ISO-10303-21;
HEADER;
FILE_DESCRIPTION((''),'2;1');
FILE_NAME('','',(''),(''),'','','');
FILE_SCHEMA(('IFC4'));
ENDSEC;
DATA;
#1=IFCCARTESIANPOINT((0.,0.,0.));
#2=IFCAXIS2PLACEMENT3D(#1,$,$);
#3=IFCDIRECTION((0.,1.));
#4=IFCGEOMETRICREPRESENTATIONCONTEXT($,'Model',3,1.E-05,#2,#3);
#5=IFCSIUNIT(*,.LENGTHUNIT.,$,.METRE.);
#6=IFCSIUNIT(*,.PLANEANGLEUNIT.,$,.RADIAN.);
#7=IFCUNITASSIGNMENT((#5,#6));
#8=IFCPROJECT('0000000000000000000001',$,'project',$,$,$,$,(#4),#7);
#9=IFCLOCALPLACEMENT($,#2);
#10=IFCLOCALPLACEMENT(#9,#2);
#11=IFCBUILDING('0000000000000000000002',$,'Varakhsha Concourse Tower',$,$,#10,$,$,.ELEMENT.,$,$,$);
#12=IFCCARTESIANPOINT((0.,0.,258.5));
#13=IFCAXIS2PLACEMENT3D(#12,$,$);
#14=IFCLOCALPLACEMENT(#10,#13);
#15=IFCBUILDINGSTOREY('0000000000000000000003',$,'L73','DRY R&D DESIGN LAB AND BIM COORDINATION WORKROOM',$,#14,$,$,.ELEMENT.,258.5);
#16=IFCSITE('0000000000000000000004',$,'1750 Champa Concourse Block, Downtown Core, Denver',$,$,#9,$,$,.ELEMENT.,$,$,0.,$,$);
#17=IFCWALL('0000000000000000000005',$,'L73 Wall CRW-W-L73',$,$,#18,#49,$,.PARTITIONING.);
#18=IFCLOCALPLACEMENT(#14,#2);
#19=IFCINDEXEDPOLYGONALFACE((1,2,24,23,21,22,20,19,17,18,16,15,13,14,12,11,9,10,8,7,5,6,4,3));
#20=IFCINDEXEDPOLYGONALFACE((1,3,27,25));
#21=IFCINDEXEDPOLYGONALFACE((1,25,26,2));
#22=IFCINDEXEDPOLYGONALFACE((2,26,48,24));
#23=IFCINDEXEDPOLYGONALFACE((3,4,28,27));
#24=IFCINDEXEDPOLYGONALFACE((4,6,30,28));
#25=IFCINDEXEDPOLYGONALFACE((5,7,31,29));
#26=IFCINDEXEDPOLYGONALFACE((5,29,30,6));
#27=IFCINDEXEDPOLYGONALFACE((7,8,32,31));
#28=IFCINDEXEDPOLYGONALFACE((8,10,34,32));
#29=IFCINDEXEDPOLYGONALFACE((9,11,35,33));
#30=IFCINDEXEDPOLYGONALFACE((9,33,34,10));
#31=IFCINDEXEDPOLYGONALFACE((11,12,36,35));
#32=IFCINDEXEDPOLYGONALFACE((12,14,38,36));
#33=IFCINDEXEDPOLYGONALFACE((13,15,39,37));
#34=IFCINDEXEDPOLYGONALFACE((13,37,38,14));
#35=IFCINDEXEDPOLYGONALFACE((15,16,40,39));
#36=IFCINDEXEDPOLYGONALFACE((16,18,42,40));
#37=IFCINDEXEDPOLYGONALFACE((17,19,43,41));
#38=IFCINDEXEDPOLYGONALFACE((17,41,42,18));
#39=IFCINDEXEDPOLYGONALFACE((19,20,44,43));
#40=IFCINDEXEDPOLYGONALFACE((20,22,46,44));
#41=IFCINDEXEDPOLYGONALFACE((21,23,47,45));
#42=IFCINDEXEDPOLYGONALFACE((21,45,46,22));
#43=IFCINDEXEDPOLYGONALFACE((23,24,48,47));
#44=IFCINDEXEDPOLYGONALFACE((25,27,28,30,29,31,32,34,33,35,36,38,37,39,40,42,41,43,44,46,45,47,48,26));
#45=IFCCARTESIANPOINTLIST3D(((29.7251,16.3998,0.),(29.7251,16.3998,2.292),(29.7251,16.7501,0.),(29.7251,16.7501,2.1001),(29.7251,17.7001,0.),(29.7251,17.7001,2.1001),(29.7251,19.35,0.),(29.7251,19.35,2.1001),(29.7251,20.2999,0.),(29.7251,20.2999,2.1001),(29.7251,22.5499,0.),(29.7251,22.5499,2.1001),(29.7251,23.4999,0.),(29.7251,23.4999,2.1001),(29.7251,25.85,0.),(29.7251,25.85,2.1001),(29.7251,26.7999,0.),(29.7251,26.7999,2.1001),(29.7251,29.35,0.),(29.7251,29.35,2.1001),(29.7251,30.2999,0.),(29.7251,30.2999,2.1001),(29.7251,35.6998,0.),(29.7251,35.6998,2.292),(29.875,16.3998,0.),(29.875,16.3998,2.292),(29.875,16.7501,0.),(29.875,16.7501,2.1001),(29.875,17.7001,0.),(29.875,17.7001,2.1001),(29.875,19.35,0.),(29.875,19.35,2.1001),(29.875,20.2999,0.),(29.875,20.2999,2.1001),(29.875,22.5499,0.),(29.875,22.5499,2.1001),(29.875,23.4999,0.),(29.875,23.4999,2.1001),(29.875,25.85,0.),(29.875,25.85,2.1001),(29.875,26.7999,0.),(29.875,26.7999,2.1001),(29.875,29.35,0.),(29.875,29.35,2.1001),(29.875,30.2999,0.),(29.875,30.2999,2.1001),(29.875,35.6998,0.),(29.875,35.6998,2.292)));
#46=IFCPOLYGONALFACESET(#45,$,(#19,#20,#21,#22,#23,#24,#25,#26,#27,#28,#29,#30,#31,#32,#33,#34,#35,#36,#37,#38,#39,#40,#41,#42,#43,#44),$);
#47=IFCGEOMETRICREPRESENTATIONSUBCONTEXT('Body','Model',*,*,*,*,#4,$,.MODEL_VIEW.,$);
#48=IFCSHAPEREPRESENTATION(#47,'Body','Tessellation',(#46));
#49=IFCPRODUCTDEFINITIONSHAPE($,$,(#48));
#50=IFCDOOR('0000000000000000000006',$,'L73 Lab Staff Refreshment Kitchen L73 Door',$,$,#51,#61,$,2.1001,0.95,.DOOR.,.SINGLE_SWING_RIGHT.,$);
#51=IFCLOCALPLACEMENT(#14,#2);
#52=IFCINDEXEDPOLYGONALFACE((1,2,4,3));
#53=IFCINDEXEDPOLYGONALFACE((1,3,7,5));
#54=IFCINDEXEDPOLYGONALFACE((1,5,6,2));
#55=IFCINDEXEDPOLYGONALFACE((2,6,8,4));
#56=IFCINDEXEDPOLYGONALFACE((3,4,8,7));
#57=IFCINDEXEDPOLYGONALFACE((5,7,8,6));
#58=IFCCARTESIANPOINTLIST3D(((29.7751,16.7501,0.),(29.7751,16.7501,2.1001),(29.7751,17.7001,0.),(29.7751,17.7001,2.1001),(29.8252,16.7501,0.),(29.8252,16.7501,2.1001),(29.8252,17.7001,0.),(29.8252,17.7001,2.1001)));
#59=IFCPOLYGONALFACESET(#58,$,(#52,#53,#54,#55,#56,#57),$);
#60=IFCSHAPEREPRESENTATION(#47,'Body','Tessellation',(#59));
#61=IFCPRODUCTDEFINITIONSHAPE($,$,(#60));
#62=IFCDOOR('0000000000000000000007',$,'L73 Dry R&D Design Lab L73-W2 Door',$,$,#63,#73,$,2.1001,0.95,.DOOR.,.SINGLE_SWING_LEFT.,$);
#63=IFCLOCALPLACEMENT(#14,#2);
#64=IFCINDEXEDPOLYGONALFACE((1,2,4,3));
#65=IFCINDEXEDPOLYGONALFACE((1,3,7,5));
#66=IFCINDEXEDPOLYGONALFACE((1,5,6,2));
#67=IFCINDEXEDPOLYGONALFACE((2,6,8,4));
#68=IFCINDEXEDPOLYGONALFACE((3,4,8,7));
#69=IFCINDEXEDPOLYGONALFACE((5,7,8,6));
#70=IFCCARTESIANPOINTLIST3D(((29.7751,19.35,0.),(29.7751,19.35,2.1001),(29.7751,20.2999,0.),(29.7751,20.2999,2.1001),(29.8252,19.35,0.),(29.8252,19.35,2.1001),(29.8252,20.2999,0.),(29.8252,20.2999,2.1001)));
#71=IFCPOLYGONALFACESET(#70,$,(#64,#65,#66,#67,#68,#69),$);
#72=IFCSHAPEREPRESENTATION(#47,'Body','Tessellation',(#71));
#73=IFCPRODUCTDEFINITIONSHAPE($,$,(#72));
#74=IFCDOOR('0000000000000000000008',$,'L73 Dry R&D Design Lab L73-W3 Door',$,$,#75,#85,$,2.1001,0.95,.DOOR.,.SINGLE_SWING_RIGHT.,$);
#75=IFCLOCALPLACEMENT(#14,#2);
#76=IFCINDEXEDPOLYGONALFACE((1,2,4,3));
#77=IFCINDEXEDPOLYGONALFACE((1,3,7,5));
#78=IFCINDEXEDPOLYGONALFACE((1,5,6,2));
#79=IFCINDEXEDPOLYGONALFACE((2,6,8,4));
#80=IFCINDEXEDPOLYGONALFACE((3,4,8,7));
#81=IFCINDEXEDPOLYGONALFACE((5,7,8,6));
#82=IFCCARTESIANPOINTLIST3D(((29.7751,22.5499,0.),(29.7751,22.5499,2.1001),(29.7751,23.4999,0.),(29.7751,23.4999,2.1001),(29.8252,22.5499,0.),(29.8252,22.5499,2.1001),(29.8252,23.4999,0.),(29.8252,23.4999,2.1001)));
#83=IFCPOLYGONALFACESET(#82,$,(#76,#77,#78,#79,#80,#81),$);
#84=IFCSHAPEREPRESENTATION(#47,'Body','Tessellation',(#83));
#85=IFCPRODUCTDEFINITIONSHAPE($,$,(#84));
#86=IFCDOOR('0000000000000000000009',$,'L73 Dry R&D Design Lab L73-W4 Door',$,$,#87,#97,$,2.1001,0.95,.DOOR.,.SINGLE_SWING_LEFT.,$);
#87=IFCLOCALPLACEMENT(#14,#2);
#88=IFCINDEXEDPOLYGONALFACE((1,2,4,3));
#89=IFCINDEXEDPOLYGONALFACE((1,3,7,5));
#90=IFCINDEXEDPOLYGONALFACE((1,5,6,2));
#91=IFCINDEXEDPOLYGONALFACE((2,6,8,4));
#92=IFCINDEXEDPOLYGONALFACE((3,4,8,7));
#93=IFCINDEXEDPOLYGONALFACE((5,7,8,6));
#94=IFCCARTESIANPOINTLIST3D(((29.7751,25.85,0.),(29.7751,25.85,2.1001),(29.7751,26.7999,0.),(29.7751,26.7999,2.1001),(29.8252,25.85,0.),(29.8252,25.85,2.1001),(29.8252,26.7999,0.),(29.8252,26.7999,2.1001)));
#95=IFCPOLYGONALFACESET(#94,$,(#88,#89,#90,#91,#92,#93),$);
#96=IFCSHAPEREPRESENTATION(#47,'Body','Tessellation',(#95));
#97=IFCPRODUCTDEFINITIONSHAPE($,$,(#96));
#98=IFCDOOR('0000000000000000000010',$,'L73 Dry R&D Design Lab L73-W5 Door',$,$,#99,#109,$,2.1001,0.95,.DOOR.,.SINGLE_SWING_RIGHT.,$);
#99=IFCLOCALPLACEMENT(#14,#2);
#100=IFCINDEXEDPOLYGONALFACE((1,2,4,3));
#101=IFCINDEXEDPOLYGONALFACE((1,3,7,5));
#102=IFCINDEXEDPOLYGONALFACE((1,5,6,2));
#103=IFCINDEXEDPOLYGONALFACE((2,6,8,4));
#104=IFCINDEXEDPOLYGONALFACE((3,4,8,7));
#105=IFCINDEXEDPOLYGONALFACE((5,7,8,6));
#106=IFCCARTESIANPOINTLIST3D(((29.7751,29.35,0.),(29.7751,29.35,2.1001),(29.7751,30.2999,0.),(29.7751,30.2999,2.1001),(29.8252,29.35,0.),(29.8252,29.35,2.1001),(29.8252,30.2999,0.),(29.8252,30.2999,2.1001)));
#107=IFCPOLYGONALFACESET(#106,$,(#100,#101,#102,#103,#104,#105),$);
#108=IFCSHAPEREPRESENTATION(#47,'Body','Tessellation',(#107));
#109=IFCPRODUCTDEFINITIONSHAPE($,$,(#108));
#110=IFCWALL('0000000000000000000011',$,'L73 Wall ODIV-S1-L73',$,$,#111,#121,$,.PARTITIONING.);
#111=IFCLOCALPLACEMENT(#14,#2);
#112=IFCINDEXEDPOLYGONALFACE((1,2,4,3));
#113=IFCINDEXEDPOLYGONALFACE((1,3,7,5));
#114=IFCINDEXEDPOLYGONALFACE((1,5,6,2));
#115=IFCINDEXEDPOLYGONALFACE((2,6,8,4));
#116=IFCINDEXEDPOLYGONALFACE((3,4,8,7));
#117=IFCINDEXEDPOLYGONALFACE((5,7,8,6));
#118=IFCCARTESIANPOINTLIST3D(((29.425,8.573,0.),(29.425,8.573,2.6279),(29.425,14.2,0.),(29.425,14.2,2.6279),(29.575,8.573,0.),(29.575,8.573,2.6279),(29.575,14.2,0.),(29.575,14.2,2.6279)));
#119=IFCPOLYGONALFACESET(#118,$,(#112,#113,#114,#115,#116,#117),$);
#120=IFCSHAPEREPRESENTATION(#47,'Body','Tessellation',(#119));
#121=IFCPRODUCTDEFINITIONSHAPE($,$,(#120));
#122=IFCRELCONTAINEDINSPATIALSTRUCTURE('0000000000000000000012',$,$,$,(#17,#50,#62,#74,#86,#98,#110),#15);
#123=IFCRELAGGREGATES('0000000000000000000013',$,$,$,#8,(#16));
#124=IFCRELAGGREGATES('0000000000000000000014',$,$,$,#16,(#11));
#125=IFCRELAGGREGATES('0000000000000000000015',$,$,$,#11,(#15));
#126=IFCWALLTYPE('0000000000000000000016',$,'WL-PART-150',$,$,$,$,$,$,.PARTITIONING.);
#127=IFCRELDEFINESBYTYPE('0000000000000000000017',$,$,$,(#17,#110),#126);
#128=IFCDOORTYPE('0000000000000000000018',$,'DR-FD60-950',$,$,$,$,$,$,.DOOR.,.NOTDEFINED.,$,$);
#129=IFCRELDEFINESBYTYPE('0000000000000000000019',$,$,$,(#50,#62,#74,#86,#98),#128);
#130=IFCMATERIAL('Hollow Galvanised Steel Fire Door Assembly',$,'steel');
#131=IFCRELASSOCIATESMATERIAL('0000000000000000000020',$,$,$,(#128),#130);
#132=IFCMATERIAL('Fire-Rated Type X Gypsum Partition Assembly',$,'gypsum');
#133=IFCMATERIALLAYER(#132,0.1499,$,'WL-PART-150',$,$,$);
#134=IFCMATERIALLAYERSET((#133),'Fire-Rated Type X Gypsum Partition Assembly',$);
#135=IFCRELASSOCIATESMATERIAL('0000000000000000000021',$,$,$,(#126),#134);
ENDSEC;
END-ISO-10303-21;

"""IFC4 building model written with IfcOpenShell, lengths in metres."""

from ifc_helpers import new_model, si_unit, direction, frame, frame_2d, origin, place, context, subcontext, project, spatial, rectangle, extrude, material, layer, layer_set, type_object, element, fill, save


model = new_model("IFC4")

# Units and contexts
model_context = context("Model", 3, precision=1e-05, world=origin(), true_north=direction((0.0, 1.0)))
body_context = subcontext(model_context, "Body", "Model", "MODEL_VIEW")
ifc_project = project(units=[si_unit("LENGTHUNIT", "METRE"), si_unit("PLANEANGLEUNIT", "RADIAN")], contexts=[model_context])

# Site, building, storey
site_placement = place(None, origin())
site = spatial("IfcSite", under=ifc_project, at=site_placement, Name="1750 Champa Concourse Block, Downtown Core, Denver", CompositionType="ELEMENT", RefElevation=0.0)
building_placement = place(site_placement, origin())
building = spatial("IfcBuilding", under=site, at=building_placement, Name="Varakhsha Concourse Tower", CompositionType="ELEMENT")
storey_placement = place(building_placement, frame((0.0, 0.0, 258.5)))
storey = spatial("IfcBuildingStorey", under=building, at=storey_placement, Name="L73", Description="DRY R&D DESIGN LAB AND BIM COORDINATION WORKROOM", CompositionType="ELEMENT", Elevation=258.5)

# Wall, openings, doors
ifc_material_1 = material(Name="Hollow Galvanised Steel Fire Door Assembly", Category="steel")
door_type_1 = type_object("IfcDoorType", Name="DR-FD60-950", OperationType="NOTDEFINED", PredefinedType="DOOR", material=ifc_material_1)
ifc_material_2 = material(Name="Fire-Rated Type X Gypsum Partition Assembly", Category="gypsum")
ifc_layer_1 = layer(ifc_material_2, 0.1499, Name="WL-PART-150")
ifc_layer_set_1 = layer_set([ifc_layer_1], Name="Fire-Rated Type X Gypsum Partition Assembly")
wall_type_1 = type_object("IfcWallType", Name="WL-PART-150", PredefinedType="PARTITIONING", material=ifc_layer_set_1)
wall_1_placement = place(storey_placement, frame((29.8, 16.3999, 0.0), z_axis=(0.0, 0.0, 1.0), x_axis=(0.0, 1.0, 0.0)))
wall_1 = element("IfcWall", 1, at=wall_1_placement, inside=storey, type_object=wall_type_1, Name="L73 Wall CRW-W-L73", PredefinedType="PARTITIONING", context=body_context, shape_type="SweptSolid", body=[
    extrude(rectangle(XDim=19.3, YDim=0.1499, at=frame_2d((9.6499, 0.0))), origin(), (0.0, 0.0, 1.0), 2.292),
])
opening_1_placement = place(wall_1_placement, frame((0.3501, 0.0, 0.0)))
opening_1 = element("IfcOpeningElement", 2, at=opening_1_placement, cuts=wall_1, PredefinedType="OPENING", context=body_context, shape_type="SweptSolid", body=[
    extrude(rectangle(XDim=0.95, YDim=2.1001, at=frame_2d((0.4751, 1.05))), frame((0.0, 0.085, 0.0), z_axis=(0.0, -1.0, 0.0), x_axis=(1.0, 0.0, 0.0)), (0.0, 0.0, 1.0), 0.1699),
])
opening_2_placement = place(wall_1_placement, frame((2.95, 0.0, 0.0)))
opening_2 = element("IfcOpeningElement", 3, at=opening_2_placement, cuts=wall_1, PredefinedType="OPENING", context=body_context, shape_type="SweptSolid", body=[
    extrude(rectangle(XDim=0.95, YDim=2.1001, at=frame_2d((0.4751, 1.05))), frame((0.0, 0.085, 0.0), z_axis=(0.0, -1.0, 0.0), x_axis=(1.0, 0.0, 0.0)), (0.0, 0.0, 1.0), 0.1699),
])
opening_3_placement = place(wall_1_placement, frame((6.1499, 0.0, 0.0)))
opening_3 = element("IfcOpeningElement", 4, at=opening_3_placement, cuts=wall_1, PredefinedType="OPENING", context=body_context, shape_type="SweptSolid", body=[
    extrude(rectangle(XDim=0.95, YDim=2.1001, at=frame_2d((0.4751, 1.05))), frame((0.0, 0.085, 0.0), z_axis=(0.0, -1.0, 0.0), x_axis=(1.0, 0.0, 0.0)), (0.0, 0.0, 1.0), 0.1699),
])
opening_4_placement = place(wall_1_placement, frame((9.45, 0.0, 0.0)))
opening_4 = element("IfcOpeningElement", 5, at=opening_4_placement, cuts=wall_1, PredefinedType="OPENING", context=body_context, shape_type="SweptSolid", body=[
    extrude(rectangle(XDim=0.95, YDim=2.1001, at=frame_2d((0.4751, 1.05))), frame((0.0, 0.085, 0.0), z_axis=(0.0, -1.0, 0.0), x_axis=(1.0, 0.0, 0.0)), (0.0, 0.0, 1.0), 0.1699),
])
opening_5_placement = place(wall_1_placement, frame((12.95, 0.0, 0.0)))
opening_5 = element("IfcOpeningElement", 6, at=opening_5_placement, cuts=wall_1, PredefinedType="OPENING", context=body_context, shape_type="SweptSolid", body=[
    extrude(rectangle(XDim=0.95, YDim=2.1001, at=frame_2d((0.4751, 1.05))), frame((0.0, 0.085, 0.0), z_axis=(0.0, -1.0, 0.0), x_axis=(1.0, 0.0, 0.0)), (0.0, 0.0, 1.0), 0.1699),
])
door_1_placement = place(opening_1_placement, origin())
door_1 = element("IfcDoor", 7, at=door_1_placement, inside=storey, type_object=door_type_1, Name="L73 Lab Staff Refreshment Kitchen L73 Door", OperationType="SINGLE_SWING_RIGHT", OverallHeight=2.1001, OverallWidth=0.95, PredefinedType="DOOR", context=body_context, shape_type="SweptSolid", body=[
    extrude(rectangle(XDim=0.95, YDim=2.1001, at=frame_2d((0.4751, 1.05))), frame((0.0, 0.0249, 0.0), z_axis=(0.0, -1.0, 0.0), x_axis=(1.0, 0.0, 0.0)), (0.0, 0.0, 1.0), 0.05),
])
fill(opening_1, door_1)
door_2_placement = place(opening_2_placement, origin())
door_2 = element("IfcDoor", 8, at=door_2_placement, inside=storey, type_object=door_type_1, Name="L73 Dry R&D Design Lab L73-W2 Door", OperationType="SINGLE_SWING_LEFT", OverallHeight=2.1001, OverallWidth=0.95, PredefinedType="DOOR", context=body_context, shape_type="SweptSolid", body=[
    extrude(rectangle(XDim=0.95, YDim=2.1001, at=frame_2d((0.4751, 1.05))), frame((0.0, 0.0249, 0.0), z_axis=(0.0, -1.0, 0.0), x_axis=(1.0, 0.0, 0.0)), (0.0, 0.0, 1.0), 0.05),
])
fill(opening_2, door_2)
door_3_placement = place(opening_3_placement, origin())
door_3 = element("IfcDoor", 9, at=door_3_placement, inside=storey, type_object=door_type_1, Name="L73 Dry R&D Design Lab L73-W3 Door", OperationType="SINGLE_SWING_RIGHT", OverallHeight=2.1001, OverallWidth=0.95, PredefinedType="DOOR", context=body_context, shape_type="SweptSolid", body=[
    extrude(rectangle(XDim=0.95, YDim=2.1001, at=frame_2d((0.4751, 1.05))), frame((0.0, 0.0249, 0.0), z_axis=(0.0, -1.0, 0.0), x_axis=(1.0, 0.0, 0.0)), (0.0, 0.0, 1.0), 0.05),
])
fill(opening_3, door_3)
door_4_placement = place(opening_4_placement, origin())
door_4 = element("IfcDoor", 10, at=door_4_placement, inside=storey, type_object=door_type_1, Name="L73 Dry R&D Design Lab L73-W4 Door", OperationType="SINGLE_SWING_LEFT", OverallHeight=2.1001, OverallWidth=0.95, PredefinedType="DOOR", context=body_context, shape_type="SweptSolid", body=[
    extrude(rectangle(XDim=0.95, YDim=2.1001, at=frame_2d((0.4751, 1.05))), frame((0.0, 0.0249, 0.0), z_axis=(0.0, -1.0, 0.0), x_axis=(1.0, 0.0, 0.0)), (0.0, 0.0, 1.0), 0.05),
])
fill(opening_4, door_4)
door_5_placement = place(opening_5_placement, origin())
door_5 = element("IfcDoor", 11, at=door_5_placement, inside=storey, type_object=door_type_1, Name="L73 Dry R&D Design Lab L73-W5 Door", OperationType="SINGLE_SWING_RIGHT", OverallHeight=2.1001, OverallWidth=0.95, PredefinedType="DOOR", context=body_context, shape_type="SweptSolid", body=[
    extrude(rectangle(XDim=0.95, YDim=2.1001, at=frame_2d((0.4751, 1.05))), frame((0.0, 0.0249, 0.0), z_axis=(0.0, -1.0, 0.0), x_axis=(1.0, 0.0, 0.0)), (0.0, 0.0, 1.0), 0.05),
])
fill(opening_5, door_5)

# Wall
wall_2_placement = place(storey_placement, frame((29.5, 8.573, 0.0), z_axis=(0.0, 0.0, 1.0), x_axis=(0.0, 1.0, 0.0)))
element("IfcWall", 12, at=wall_2_placement, inside=storey, type_object=wall_type_1, Name="L73 Wall ODIV-S1-L73", PredefinedType="PARTITIONING", context=body_context, shape_type="SweptSolid", body=[
    extrude(rectangle(XDim=5.627, YDim=0.1499, at=frame_2d((2.8135, 0.0))), origin(), (0.0, 0.0, 1.0), 2.6279),
])

save(model, "model.ifc")
